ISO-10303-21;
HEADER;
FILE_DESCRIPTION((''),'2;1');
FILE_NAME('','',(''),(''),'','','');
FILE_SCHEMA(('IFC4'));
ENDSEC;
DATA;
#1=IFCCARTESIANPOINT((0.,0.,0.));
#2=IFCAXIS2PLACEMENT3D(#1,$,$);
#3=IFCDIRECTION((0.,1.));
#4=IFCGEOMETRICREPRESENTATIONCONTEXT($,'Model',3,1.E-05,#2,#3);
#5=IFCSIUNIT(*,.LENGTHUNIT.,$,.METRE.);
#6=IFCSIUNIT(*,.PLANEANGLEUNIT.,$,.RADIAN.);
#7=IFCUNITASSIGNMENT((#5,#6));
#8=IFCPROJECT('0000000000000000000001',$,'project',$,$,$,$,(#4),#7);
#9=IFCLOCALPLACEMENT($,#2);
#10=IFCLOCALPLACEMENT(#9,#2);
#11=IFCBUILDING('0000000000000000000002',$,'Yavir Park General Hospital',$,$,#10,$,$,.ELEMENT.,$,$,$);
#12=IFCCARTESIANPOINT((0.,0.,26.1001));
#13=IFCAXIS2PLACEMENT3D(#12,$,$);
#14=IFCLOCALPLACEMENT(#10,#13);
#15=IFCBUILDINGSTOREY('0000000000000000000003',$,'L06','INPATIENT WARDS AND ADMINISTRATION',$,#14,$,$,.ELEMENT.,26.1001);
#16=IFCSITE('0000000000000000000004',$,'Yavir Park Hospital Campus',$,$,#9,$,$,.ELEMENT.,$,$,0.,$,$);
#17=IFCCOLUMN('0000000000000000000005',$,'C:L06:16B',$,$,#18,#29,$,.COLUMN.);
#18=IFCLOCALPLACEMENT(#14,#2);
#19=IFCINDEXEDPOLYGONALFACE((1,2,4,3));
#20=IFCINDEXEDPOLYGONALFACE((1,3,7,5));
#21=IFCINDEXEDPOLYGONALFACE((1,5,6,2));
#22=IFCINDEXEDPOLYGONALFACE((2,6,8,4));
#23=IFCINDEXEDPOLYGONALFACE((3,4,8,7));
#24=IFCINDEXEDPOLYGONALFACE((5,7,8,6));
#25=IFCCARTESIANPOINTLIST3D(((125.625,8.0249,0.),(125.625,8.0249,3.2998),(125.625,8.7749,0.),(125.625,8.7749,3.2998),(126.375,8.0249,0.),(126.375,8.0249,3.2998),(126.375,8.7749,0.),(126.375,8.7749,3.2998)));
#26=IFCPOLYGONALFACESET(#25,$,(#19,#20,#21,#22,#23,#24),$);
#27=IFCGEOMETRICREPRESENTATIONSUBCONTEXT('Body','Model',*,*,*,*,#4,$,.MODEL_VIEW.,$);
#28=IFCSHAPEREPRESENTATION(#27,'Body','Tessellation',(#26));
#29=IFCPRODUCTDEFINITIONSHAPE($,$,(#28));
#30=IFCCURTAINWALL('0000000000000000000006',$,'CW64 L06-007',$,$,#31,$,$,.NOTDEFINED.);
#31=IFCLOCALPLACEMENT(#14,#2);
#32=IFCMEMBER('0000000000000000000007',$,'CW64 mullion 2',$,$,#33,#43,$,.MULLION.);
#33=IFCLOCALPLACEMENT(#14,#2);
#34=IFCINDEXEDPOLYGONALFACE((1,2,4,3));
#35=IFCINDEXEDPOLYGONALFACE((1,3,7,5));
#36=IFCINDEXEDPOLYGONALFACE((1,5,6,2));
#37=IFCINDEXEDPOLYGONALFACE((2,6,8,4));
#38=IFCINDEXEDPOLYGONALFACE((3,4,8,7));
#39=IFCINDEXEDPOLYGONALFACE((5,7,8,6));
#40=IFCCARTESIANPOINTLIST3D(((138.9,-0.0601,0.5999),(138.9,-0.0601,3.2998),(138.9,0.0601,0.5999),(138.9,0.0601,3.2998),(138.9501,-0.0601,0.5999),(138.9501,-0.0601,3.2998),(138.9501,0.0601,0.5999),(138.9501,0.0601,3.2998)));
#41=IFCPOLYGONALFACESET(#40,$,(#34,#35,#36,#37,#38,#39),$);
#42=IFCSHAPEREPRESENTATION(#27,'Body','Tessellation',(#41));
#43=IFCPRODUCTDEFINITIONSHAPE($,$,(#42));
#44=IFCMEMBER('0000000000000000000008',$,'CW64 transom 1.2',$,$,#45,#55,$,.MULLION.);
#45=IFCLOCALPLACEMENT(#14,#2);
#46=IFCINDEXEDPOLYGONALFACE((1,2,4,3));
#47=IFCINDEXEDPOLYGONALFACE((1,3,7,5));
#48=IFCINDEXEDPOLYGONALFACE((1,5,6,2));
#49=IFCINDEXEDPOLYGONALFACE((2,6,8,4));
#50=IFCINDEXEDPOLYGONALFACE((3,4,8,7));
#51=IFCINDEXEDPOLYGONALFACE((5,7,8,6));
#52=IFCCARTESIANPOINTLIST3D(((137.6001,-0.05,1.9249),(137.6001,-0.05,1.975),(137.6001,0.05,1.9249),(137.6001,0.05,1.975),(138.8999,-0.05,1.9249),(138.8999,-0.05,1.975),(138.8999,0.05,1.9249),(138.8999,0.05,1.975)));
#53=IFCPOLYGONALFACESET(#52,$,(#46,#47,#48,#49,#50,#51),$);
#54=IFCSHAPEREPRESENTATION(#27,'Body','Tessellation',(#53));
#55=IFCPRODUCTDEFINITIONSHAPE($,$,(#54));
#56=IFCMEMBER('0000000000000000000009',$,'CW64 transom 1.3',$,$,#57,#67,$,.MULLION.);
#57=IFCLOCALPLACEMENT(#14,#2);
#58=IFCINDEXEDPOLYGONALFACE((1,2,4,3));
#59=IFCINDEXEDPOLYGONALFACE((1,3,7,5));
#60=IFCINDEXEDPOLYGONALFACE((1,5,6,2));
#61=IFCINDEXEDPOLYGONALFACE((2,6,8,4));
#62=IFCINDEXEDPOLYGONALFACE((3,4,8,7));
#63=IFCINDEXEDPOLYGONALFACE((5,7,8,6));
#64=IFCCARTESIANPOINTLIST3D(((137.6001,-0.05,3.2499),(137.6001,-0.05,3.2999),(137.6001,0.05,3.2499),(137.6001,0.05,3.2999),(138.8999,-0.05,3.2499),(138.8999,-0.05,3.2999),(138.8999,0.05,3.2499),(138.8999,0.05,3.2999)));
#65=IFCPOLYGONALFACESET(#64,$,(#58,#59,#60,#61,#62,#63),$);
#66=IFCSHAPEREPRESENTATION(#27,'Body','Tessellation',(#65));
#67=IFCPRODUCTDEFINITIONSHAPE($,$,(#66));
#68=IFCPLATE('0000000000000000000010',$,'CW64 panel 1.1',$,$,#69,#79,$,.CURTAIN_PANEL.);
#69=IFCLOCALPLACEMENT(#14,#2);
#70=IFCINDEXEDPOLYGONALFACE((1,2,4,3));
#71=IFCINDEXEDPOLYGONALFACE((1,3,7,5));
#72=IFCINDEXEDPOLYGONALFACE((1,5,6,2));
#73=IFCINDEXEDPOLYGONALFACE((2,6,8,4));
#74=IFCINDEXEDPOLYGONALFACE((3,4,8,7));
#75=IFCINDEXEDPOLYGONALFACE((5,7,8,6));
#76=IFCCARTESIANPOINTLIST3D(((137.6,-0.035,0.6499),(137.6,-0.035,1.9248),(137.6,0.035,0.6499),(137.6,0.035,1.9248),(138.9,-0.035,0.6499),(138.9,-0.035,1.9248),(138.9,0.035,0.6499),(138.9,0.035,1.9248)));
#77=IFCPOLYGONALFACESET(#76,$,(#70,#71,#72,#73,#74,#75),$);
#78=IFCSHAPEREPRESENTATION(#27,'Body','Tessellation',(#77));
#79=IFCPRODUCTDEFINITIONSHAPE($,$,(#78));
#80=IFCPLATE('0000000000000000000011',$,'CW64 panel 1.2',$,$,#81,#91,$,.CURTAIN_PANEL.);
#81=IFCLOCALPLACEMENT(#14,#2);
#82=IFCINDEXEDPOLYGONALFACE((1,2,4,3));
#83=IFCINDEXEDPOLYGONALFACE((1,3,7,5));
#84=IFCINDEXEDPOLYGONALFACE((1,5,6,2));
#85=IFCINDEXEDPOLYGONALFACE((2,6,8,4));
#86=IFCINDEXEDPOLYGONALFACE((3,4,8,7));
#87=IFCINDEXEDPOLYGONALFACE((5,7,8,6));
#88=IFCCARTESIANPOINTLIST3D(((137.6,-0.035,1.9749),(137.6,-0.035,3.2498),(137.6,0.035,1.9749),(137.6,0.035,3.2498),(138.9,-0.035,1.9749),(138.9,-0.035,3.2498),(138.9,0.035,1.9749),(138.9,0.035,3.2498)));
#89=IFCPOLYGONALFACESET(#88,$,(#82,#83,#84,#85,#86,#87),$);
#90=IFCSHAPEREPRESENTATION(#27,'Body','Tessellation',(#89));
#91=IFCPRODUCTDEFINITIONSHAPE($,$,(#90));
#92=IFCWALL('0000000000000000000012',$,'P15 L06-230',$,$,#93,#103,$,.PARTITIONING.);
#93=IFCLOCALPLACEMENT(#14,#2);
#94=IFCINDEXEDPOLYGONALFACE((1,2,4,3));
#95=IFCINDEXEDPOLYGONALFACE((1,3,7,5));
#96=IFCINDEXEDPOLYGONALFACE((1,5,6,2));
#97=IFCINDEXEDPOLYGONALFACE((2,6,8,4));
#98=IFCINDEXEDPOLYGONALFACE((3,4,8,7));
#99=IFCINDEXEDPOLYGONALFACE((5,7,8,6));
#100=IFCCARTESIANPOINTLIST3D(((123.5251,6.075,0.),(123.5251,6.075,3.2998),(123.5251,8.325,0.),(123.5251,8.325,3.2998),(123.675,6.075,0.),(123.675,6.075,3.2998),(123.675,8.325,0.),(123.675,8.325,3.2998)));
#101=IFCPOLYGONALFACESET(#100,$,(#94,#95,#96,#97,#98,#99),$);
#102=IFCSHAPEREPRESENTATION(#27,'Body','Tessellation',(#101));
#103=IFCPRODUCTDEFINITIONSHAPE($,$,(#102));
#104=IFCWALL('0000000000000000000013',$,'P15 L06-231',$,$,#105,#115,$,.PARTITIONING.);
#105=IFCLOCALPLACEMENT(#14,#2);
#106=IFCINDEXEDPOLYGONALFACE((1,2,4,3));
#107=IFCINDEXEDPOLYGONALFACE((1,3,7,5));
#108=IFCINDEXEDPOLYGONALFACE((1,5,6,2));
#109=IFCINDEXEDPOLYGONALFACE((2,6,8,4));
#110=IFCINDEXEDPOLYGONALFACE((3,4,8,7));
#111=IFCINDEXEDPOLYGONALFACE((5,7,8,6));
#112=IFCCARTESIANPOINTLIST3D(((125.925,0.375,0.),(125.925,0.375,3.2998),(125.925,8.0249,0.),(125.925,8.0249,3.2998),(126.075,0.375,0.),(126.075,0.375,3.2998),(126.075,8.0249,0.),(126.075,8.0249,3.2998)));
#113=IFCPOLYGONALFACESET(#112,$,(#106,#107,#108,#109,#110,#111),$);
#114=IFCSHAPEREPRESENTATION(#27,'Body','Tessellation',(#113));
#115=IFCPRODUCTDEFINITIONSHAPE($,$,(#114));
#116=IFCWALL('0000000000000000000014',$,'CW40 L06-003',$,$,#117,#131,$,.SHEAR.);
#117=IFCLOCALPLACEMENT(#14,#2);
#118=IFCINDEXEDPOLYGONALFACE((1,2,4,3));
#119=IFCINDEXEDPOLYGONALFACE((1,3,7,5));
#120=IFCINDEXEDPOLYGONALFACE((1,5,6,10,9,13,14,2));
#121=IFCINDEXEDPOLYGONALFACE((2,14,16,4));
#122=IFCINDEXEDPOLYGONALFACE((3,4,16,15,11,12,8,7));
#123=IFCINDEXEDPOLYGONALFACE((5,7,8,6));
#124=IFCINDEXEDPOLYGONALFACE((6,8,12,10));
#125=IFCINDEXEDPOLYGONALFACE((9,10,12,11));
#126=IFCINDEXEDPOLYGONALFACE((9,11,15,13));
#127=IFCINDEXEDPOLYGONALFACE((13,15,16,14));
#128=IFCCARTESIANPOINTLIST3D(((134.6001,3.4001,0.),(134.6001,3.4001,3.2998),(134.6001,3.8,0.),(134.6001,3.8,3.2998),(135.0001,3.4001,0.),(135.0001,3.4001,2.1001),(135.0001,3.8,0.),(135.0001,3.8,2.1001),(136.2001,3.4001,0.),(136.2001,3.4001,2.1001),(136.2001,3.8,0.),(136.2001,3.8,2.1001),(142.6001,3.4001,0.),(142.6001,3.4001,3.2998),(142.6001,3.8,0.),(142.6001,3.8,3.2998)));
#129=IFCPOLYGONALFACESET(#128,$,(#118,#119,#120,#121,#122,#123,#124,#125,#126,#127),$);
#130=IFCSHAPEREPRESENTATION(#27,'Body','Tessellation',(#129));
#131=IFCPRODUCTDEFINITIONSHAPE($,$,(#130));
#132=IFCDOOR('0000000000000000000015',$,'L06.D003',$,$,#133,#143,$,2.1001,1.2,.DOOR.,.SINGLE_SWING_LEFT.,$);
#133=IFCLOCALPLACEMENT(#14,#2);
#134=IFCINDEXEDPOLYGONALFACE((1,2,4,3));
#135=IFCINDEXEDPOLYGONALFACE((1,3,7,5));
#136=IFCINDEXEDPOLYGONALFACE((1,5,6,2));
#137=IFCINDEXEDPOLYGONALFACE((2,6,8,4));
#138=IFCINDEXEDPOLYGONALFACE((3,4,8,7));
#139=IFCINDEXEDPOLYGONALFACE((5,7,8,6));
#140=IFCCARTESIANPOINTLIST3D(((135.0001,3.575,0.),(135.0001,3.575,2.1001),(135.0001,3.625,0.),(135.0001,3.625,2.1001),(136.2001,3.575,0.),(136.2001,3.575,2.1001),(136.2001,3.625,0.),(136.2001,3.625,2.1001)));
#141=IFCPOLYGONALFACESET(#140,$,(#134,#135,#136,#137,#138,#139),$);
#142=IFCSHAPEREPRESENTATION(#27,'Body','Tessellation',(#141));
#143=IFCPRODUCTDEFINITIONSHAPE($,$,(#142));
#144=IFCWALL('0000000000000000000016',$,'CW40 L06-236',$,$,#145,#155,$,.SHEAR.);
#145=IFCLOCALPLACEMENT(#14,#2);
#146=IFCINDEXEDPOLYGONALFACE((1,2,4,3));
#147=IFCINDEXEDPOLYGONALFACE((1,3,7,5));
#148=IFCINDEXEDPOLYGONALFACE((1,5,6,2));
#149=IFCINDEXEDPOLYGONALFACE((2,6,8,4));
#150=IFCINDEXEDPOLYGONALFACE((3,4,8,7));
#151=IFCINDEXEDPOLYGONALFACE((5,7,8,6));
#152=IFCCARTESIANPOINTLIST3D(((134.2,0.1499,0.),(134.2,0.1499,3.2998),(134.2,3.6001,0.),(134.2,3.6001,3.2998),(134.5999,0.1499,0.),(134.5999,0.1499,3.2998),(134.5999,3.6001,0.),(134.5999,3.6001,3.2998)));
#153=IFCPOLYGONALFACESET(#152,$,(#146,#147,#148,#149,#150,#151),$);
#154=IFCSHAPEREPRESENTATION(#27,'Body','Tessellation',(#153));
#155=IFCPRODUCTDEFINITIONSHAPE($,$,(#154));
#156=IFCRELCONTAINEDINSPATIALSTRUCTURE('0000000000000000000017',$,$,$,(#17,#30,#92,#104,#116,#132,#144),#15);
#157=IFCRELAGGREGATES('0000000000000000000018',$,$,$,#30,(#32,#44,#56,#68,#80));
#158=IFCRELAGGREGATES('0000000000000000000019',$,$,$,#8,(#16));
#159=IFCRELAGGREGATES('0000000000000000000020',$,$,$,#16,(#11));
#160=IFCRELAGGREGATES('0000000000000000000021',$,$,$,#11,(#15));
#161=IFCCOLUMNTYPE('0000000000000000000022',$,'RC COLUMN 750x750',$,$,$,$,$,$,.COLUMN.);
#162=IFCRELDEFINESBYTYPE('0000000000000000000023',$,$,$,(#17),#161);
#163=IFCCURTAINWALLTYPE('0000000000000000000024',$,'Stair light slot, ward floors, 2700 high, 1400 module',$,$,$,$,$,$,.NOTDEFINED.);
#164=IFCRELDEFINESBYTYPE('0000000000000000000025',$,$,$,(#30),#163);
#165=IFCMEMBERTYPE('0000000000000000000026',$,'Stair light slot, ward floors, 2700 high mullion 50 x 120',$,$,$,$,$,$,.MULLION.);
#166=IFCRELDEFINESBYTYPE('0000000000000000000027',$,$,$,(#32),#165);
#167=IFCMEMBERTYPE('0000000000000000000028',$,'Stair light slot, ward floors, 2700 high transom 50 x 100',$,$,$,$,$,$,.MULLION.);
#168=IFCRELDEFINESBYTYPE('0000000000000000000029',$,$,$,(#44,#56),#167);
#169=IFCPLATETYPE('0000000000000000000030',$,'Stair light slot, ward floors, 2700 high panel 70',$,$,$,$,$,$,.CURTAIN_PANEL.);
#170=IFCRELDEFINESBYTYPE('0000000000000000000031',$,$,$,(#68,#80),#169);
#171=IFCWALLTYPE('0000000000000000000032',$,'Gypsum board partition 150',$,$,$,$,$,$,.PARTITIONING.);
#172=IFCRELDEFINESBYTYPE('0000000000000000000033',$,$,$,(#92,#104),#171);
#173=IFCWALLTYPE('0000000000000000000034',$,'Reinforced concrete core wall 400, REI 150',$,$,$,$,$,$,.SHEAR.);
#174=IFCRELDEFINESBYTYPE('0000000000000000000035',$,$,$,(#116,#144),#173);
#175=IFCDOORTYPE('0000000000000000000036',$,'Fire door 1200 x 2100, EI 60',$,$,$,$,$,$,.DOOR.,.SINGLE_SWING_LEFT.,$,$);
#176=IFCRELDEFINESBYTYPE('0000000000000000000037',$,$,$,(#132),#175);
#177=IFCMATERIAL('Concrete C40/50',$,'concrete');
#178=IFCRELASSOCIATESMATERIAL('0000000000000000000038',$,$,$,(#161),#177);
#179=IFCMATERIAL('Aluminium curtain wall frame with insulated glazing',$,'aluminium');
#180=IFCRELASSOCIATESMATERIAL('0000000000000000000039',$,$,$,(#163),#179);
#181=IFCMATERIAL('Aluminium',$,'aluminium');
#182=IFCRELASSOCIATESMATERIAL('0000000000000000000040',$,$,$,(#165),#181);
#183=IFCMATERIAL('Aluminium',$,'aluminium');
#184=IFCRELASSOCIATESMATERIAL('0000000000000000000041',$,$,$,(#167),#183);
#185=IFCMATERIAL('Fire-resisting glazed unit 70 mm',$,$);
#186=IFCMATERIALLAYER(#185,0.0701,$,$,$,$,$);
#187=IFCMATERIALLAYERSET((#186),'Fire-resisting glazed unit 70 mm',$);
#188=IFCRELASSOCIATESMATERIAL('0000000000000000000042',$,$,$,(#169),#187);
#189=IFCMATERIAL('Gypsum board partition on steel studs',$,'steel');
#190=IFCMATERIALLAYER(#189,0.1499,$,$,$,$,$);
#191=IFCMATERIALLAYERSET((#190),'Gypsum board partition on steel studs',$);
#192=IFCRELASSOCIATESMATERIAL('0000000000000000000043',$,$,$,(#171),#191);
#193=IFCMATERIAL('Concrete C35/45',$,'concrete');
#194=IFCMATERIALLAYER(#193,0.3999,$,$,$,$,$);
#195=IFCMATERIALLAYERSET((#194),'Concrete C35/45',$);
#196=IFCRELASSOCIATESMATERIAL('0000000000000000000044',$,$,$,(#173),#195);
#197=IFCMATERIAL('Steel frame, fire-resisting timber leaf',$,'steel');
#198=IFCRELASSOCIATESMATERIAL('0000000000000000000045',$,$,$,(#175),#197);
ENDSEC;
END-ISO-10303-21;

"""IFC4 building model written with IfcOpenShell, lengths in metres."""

from ifc_helpers import new_model, si_unit, direction, frame, frame_2d, origin, origin_2d, place, context, subcontext, project, spatial, rectangle, extrude, material, layer, layer_set, material_profile, profile_set, type_object, element, fill, aggregate, save


model = new_model("IFC4")

# Units and contexts
model_context = context("Model", 3, precision=1e-05, world=origin(), true_north=direction((0.0, 1.0)))
body_context = subcontext(model_context, "Body", "Model", "MODEL_VIEW")
ifc_project = project(units=[si_unit("LENGTHUNIT", "METRE"), si_unit("PLANEANGLEUNIT", "RADIAN")], contexts=[model_context])

# Site, building, storey
site_placement = place(None, origin())
site = spatial("IfcSite", under=ifc_project, at=site_placement, Name="Yavir Park Hospital Campus", CompositionType="ELEMENT", RefElevation=0.0)
building_placement = place(site_placement, origin())
building = spatial("IfcBuilding", under=site, at=building_placement, Name="Yavir Park General Hospital", CompositionType="ELEMENT")
storey_placement = place(building_placement, frame((0.0, 0.0, 26.1001)))
storey = spatial("IfcBuildingStorey", under=building, at=storey_placement, Name="L06", Description="INPATIENT WARDS AND ADMINISTRATION", CompositionType="ELEMENT", Elevation=26.1001)

# Column
ifc_material_1 = material(Name="Concrete C40/50", Category="concrete")
ifc_material_profile_1 = material_profile(ifc_material_1, rectangle(XDim=0.75, YDim=0.75, at=origin_2d()), Name="RC750x750")
ifc_profile_set_1 = profile_set([ifc_material_profile_1], Name="Concrete C40/50")
column_type = type_object("IfcColumnType", Name="RC COLUMN 750x750", PredefinedType="COLUMN", material=ifc_profile_set_1)
column_placement = place(storey_placement, frame((126.0, 8.3999, 0.0), z_axis=(0.0, 0.0, 1.0), x_axis=(1.0, 0.0, 0.0)))
element("IfcColumn", 1, at=column_placement, inside=storey, type_object=column_type, Name="C:L06:16B", PredefinedType="COLUMN", context=body_context, shape_type="SweptSolid", body=[
    extrude(rectangle(XDim=0.75, YDim=0.75, at=origin_2d()), origin(), (0.0, 0.0, 1.0), 3.2998),
])

# Curtain wall, members, plates
ifc_material_2 = material(Name="Aluminium curtain wall frame with insulated glazing", Category="aluminium")
curtain_wall_type = type_object("IfcCurtainWallType", Name="Stair light slot, ward floors, 2700 high, 1400 module", PredefinedType="NOTDEFINED", material=ifc_material_2)
curtain_wall_placement = place(storey_placement, origin())
curtain_wall = element("IfcCurtainWall", 2, at=curtain_wall_placement, inside=storey, type_object=curtain_wall_type, Name="CW64 L06-007", PredefinedType="NOTDEFINED")
ifc_material_3 = material(Name="Aluminium", Category="aluminium")
ifc_material_profile_2 = material_profile(ifc_material_3, rectangle(XDim=0.1201, YDim=0.05, at=origin_2d()), Name="AL 50x120")
ifc_profile_set_2 = profile_set([ifc_material_profile_2], Name="Aluminium")
member_type_1 = type_object("IfcMemberType", Name="Stair light slot, ward floors, 2700 high mullion 50 x 120", PredefinedType="MULLION", material=ifc_profile_set_2)
member_1_placement = place(storey_placement, frame((138.925, 0.0, 0.5999), z_axis=(0.0, 0.0, 1.0), x_axis=(0.0, 1.0, 0.0)))
member_1 = element("IfcMember", 3, at=member_1_placement, type_object=member_type_1, Name="CW64 mullion 2", PredefinedType="MULLION", context=body_context, shape_type="SweptSolid", body=[
    extrude(rectangle(XDim=0.1201, YDim=0.05, at=origin_2d()), origin(), (0.0, 0.0, 1.0), 2.7),
])
ifc_material_4 = material(Name="Aluminium", Category="aluminium")
ifc_material_profile_3 = material_profile(ifc_material_4, rectangle(XDim=0.1001, YDim=0.05, at=origin_2d()), Name="AL 100x50")
ifc_profile_set_3 = profile_set([ifc_material_profile_3], Name="Aluminium")
member_type_2 = type_object("IfcMemberType", Name="Stair light slot, ward floors, 2700 high transom 50 x 100", PredefinedType="MULLION", material=ifc_profile_set_3)
member_2_placement = place(storey_placement, frame((137.6001, 0.0, 1.95), z_axis=(1.0, 0.0, 0.0), x_axis=(0.0, 1.0, 0.0)))
member_2 = element("IfcMember", 4, at=member_2_placement, type_object=member_type_2, Name="CW64 transom 1.2", PredefinedType="MULLION", context=body_context, shape_type="SweptSolid", body=[
    extrude(rectangle(XDim=0.1001, YDim=0.05, at=origin_2d()), origin(), (0.0, 0.0, 1.0), 1.2998),
])
member_3_placement = place(storey_placement, frame((137.6001, 0.0, 3.2749), z_axis=(1.0, 0.0, 0.0), x_axis=(0.0, 1.0, 0.0)))
member_3 = element("IfcMember", 5, at=member_3_placement, type_object=member_type_2, Name="CW64 transom 1.3", PredefinedType="MULLION", context=body_context, shape_type="SweptSolid", body=[
    extrude(rectangle(XDim=0.1001, YDim=0.05, at=origin_2d()), origin(), (0.0, 0.0, 1.0), 1.2998),
])
ifc_material_5 = material(Name="Fire-resisting glazed unit 70 mm")
ifc_layer_1 = layer(ifc_material_5, 0.0701)
ifc_layer_set_1 = layer_set([ifc_layer_1], Name="Fire-resisting glazed unit 70 mm")
plate_type = type_object("IfcPlateType", Name="Stair light slot, ward floors, 2700 high panel 70", PredefinedType="CURTAIN_PANEL", material=ifc_layer_set_1)
plate_1_placement = place(storey_placement, frame((138.25, 0.0, 0.6499), z_axis=(0.0, 0.0, 1.0), x_axis=(1.0, 0.0, 0.0)))
plate_1 = element("IfcPlate", 6, at=plate_1_placement, type_object=plate_type, Name="CW64 panel 1.1", PredefinedType="CURTAIN_PANEL", context=body_context, shape_type="SweptSolid", body=[
    extrude(rectangle(XDim=1.3, YDim=0.0701, at=origin_2d()), origin(), (0.0, 0.0, 1.0), 1.2749),
])
plate_2_placement = place(storey_placement, frame((138.25, 0.0, 1.9749), z_axis=(0.0, 0.0, 1.0), x_axis=(1.0, 0.0, 0.0)))
plate_2 = element("IfcPlate", 7, at=plate_2_placement, type_object=plate_type, Name="CW64 panel 1.2", PredefinedType="CURTAIN_PANEL", context=body_context, shape_type="SweptSolid", body=[
    extrude(rectangle(XDim=1.3, YDim=0.0701, at=origin_2d()), origin(), (0.0, 0.0, 1.0), 1.2749),
])
aggregate(curtain_wall, [member_1, member_2, member_3, plate_1, plate_2])

# Walls
ifc_material_6 = material(Name="Gypsum board partition on steel studs", Category="steel")
ifc_layer_2 = layer(ifc_material_6, 0.1499)
ifc_layer_set_2 = layer_set([ifc_layer_2], Name="Gypsum board partition on steel studs")
wall_type_1 = type_object("IfcWallType", Name="Gypsum board partition 150", PredefinedType="PARTITIONING", material=ifc_layer_set_2)
wall_1_placement = place(storey_placement, frame((123.6001, 6.075, 0.0), z_axis=(0.0, 0.0, 1.0), x_axis=(0.0, 1.0, 0.0)))
element("IfcWall", 8, at=wall_1_placement, inside=storey, type_object=wall_type_1, Name="P15 L06-230", PredefinedType="PARTITIONING", context=body_context, shape_type="SweptSolid", body=[
    extrude(rectangle(XDim=2.25, YDim=0.1499, at=frame_2d((1.125, 0.0))), origin(), (0.0, 0.0, 1.0), 3.2998),
])
wall_2_placement = place(storey_placement, frame((126.0, 0.375, 0.0), z_axis=(0.0, 0.0, 1.0), x_axis=(0.0, 1.0, 0.0)))
element("IfcWall", 9, at=wall_2_placement, inside=storey, type_object=wall_type_1, Name="P15 L06-231", PredefinedType="PARTITIONING", context=body_context, shape_type="SweptSolid", body=[
    extrude(rectangle(XDim=7.6499, YDim=0.1499, at=frame_2d((3.825, 0.0))), origin(), (0.0, 0.0, 1.0), 3.2998),
])

# Wall, opening, door
ifc_material_7 = material(Name="Concrete C35/45", Category="concrete")
ifc_layer_3 = layer(ifc_material_7, 0.3999)
ifc_layer_set_3 = layer_set([ifc_layer_3], Name="Concrete C35/45")
wall_type_2 = type_object("IfcWallType", Name="Reinforced concrete core wall 400, REI 150", PredefinedType="SHEAR", material=ifc_layer_set_3)
wall_3_placement = place(storey_placement, frame((134.6001, 3.6001, 0.0), z_axis=(0.0, 0.0, 1.0), x_axis=(1.0, 0.0, 0.0)))
wall_3 = element("IfcWall", 10, at=wall_3_placement, inside=storey, type_object=wall_type_2, Name="CW40 L06-003", PredefinedType="SHEAR", context=body_context, shape_type="SweptSolid", body=[
    extrude(rectangle(XDim=8.0, YDim=0.3999, at=frame_2d((4.0, 0.0))), origin(), (0.0, 0.0, 1.0), 3.2998),
])
opening_1_placement = place(wall_3_placement, frame((0.3999, 0.0, 0.0)))
opening_1 = element("IfcOpeningElement", 11, at=opening_1_placement, cuts=wall_3, PredefinedType="OPENING", context=body_context, shape_type="SweptSolid", body=[
    extrude(rectangle(XDim=1.2, YDim=2.1001, at=frame_2d((0.6001, 1.05))), frame((0.0, 0.21, 0.0), z_axis=(0.0, -1.0, 0.0), x_axis=(1.0, 0.0, 0.0)), (0.0, 0.0, 1.0), 0.4199),
])
ifc_material_8 = material(Name="Steel frame, fire-resisting timber leaf", Category="steel")
door_type_1 = type_object("IfcDoorType", Name="Fire door 1200 x 2100, EI 60", OperationType="SINGLE_SWING_LEFT", PredefinedType="DOOR", material=ifc_material_8)
door_1_placement = place(opening_1_placement, origin())
door_1 = element("IfcDoor", 12, at=door_1_placement, inside=storey, type_object=door_type_1, Name="L06.D003", OperationType="SINGLE_SWING_LEFT", OverallHeight=2.1001, OverallWidth=1.2, PredefinedType="DOOR", context=body_context, shape_type="SweptSolid", body=[
    extrude(rectangle(XDim=1.2, YDim=2.1001, at=frame_2d((0.6001, 1.05))), frame((0.0, 0.0249, 0.0), z_axis=(0.0, -1.0, 0.0), x_axis=(1.0, 0.0, 0.0)), (0.0, 0.0, 1.0), 0.05),
])
fill(opening_1, door_1)

# Wall
wall_4_placement = place(storey_placement, frame((134.3999, 0.1499, 0.0), z_axis=(0.0, 0.0, 1.0), x_axis=(0.0, 1.0, 0.0)))
element("IfcWall", 13, at=wall_4_placement, inside=storey, type_object=wall_type_2, Name="CW40 L06-236", PredefinedType="SHEAR", context=body_context, shape_type="SweptSolid", body=[
    extrude(rectangle(XDim=3.4502, YDim=0.3999, at=frame_2d((1.7251, 0.0))), origin(), (0.0, 0.0, 1.0), 3.2998),
])

save(model, "model.ifc")
